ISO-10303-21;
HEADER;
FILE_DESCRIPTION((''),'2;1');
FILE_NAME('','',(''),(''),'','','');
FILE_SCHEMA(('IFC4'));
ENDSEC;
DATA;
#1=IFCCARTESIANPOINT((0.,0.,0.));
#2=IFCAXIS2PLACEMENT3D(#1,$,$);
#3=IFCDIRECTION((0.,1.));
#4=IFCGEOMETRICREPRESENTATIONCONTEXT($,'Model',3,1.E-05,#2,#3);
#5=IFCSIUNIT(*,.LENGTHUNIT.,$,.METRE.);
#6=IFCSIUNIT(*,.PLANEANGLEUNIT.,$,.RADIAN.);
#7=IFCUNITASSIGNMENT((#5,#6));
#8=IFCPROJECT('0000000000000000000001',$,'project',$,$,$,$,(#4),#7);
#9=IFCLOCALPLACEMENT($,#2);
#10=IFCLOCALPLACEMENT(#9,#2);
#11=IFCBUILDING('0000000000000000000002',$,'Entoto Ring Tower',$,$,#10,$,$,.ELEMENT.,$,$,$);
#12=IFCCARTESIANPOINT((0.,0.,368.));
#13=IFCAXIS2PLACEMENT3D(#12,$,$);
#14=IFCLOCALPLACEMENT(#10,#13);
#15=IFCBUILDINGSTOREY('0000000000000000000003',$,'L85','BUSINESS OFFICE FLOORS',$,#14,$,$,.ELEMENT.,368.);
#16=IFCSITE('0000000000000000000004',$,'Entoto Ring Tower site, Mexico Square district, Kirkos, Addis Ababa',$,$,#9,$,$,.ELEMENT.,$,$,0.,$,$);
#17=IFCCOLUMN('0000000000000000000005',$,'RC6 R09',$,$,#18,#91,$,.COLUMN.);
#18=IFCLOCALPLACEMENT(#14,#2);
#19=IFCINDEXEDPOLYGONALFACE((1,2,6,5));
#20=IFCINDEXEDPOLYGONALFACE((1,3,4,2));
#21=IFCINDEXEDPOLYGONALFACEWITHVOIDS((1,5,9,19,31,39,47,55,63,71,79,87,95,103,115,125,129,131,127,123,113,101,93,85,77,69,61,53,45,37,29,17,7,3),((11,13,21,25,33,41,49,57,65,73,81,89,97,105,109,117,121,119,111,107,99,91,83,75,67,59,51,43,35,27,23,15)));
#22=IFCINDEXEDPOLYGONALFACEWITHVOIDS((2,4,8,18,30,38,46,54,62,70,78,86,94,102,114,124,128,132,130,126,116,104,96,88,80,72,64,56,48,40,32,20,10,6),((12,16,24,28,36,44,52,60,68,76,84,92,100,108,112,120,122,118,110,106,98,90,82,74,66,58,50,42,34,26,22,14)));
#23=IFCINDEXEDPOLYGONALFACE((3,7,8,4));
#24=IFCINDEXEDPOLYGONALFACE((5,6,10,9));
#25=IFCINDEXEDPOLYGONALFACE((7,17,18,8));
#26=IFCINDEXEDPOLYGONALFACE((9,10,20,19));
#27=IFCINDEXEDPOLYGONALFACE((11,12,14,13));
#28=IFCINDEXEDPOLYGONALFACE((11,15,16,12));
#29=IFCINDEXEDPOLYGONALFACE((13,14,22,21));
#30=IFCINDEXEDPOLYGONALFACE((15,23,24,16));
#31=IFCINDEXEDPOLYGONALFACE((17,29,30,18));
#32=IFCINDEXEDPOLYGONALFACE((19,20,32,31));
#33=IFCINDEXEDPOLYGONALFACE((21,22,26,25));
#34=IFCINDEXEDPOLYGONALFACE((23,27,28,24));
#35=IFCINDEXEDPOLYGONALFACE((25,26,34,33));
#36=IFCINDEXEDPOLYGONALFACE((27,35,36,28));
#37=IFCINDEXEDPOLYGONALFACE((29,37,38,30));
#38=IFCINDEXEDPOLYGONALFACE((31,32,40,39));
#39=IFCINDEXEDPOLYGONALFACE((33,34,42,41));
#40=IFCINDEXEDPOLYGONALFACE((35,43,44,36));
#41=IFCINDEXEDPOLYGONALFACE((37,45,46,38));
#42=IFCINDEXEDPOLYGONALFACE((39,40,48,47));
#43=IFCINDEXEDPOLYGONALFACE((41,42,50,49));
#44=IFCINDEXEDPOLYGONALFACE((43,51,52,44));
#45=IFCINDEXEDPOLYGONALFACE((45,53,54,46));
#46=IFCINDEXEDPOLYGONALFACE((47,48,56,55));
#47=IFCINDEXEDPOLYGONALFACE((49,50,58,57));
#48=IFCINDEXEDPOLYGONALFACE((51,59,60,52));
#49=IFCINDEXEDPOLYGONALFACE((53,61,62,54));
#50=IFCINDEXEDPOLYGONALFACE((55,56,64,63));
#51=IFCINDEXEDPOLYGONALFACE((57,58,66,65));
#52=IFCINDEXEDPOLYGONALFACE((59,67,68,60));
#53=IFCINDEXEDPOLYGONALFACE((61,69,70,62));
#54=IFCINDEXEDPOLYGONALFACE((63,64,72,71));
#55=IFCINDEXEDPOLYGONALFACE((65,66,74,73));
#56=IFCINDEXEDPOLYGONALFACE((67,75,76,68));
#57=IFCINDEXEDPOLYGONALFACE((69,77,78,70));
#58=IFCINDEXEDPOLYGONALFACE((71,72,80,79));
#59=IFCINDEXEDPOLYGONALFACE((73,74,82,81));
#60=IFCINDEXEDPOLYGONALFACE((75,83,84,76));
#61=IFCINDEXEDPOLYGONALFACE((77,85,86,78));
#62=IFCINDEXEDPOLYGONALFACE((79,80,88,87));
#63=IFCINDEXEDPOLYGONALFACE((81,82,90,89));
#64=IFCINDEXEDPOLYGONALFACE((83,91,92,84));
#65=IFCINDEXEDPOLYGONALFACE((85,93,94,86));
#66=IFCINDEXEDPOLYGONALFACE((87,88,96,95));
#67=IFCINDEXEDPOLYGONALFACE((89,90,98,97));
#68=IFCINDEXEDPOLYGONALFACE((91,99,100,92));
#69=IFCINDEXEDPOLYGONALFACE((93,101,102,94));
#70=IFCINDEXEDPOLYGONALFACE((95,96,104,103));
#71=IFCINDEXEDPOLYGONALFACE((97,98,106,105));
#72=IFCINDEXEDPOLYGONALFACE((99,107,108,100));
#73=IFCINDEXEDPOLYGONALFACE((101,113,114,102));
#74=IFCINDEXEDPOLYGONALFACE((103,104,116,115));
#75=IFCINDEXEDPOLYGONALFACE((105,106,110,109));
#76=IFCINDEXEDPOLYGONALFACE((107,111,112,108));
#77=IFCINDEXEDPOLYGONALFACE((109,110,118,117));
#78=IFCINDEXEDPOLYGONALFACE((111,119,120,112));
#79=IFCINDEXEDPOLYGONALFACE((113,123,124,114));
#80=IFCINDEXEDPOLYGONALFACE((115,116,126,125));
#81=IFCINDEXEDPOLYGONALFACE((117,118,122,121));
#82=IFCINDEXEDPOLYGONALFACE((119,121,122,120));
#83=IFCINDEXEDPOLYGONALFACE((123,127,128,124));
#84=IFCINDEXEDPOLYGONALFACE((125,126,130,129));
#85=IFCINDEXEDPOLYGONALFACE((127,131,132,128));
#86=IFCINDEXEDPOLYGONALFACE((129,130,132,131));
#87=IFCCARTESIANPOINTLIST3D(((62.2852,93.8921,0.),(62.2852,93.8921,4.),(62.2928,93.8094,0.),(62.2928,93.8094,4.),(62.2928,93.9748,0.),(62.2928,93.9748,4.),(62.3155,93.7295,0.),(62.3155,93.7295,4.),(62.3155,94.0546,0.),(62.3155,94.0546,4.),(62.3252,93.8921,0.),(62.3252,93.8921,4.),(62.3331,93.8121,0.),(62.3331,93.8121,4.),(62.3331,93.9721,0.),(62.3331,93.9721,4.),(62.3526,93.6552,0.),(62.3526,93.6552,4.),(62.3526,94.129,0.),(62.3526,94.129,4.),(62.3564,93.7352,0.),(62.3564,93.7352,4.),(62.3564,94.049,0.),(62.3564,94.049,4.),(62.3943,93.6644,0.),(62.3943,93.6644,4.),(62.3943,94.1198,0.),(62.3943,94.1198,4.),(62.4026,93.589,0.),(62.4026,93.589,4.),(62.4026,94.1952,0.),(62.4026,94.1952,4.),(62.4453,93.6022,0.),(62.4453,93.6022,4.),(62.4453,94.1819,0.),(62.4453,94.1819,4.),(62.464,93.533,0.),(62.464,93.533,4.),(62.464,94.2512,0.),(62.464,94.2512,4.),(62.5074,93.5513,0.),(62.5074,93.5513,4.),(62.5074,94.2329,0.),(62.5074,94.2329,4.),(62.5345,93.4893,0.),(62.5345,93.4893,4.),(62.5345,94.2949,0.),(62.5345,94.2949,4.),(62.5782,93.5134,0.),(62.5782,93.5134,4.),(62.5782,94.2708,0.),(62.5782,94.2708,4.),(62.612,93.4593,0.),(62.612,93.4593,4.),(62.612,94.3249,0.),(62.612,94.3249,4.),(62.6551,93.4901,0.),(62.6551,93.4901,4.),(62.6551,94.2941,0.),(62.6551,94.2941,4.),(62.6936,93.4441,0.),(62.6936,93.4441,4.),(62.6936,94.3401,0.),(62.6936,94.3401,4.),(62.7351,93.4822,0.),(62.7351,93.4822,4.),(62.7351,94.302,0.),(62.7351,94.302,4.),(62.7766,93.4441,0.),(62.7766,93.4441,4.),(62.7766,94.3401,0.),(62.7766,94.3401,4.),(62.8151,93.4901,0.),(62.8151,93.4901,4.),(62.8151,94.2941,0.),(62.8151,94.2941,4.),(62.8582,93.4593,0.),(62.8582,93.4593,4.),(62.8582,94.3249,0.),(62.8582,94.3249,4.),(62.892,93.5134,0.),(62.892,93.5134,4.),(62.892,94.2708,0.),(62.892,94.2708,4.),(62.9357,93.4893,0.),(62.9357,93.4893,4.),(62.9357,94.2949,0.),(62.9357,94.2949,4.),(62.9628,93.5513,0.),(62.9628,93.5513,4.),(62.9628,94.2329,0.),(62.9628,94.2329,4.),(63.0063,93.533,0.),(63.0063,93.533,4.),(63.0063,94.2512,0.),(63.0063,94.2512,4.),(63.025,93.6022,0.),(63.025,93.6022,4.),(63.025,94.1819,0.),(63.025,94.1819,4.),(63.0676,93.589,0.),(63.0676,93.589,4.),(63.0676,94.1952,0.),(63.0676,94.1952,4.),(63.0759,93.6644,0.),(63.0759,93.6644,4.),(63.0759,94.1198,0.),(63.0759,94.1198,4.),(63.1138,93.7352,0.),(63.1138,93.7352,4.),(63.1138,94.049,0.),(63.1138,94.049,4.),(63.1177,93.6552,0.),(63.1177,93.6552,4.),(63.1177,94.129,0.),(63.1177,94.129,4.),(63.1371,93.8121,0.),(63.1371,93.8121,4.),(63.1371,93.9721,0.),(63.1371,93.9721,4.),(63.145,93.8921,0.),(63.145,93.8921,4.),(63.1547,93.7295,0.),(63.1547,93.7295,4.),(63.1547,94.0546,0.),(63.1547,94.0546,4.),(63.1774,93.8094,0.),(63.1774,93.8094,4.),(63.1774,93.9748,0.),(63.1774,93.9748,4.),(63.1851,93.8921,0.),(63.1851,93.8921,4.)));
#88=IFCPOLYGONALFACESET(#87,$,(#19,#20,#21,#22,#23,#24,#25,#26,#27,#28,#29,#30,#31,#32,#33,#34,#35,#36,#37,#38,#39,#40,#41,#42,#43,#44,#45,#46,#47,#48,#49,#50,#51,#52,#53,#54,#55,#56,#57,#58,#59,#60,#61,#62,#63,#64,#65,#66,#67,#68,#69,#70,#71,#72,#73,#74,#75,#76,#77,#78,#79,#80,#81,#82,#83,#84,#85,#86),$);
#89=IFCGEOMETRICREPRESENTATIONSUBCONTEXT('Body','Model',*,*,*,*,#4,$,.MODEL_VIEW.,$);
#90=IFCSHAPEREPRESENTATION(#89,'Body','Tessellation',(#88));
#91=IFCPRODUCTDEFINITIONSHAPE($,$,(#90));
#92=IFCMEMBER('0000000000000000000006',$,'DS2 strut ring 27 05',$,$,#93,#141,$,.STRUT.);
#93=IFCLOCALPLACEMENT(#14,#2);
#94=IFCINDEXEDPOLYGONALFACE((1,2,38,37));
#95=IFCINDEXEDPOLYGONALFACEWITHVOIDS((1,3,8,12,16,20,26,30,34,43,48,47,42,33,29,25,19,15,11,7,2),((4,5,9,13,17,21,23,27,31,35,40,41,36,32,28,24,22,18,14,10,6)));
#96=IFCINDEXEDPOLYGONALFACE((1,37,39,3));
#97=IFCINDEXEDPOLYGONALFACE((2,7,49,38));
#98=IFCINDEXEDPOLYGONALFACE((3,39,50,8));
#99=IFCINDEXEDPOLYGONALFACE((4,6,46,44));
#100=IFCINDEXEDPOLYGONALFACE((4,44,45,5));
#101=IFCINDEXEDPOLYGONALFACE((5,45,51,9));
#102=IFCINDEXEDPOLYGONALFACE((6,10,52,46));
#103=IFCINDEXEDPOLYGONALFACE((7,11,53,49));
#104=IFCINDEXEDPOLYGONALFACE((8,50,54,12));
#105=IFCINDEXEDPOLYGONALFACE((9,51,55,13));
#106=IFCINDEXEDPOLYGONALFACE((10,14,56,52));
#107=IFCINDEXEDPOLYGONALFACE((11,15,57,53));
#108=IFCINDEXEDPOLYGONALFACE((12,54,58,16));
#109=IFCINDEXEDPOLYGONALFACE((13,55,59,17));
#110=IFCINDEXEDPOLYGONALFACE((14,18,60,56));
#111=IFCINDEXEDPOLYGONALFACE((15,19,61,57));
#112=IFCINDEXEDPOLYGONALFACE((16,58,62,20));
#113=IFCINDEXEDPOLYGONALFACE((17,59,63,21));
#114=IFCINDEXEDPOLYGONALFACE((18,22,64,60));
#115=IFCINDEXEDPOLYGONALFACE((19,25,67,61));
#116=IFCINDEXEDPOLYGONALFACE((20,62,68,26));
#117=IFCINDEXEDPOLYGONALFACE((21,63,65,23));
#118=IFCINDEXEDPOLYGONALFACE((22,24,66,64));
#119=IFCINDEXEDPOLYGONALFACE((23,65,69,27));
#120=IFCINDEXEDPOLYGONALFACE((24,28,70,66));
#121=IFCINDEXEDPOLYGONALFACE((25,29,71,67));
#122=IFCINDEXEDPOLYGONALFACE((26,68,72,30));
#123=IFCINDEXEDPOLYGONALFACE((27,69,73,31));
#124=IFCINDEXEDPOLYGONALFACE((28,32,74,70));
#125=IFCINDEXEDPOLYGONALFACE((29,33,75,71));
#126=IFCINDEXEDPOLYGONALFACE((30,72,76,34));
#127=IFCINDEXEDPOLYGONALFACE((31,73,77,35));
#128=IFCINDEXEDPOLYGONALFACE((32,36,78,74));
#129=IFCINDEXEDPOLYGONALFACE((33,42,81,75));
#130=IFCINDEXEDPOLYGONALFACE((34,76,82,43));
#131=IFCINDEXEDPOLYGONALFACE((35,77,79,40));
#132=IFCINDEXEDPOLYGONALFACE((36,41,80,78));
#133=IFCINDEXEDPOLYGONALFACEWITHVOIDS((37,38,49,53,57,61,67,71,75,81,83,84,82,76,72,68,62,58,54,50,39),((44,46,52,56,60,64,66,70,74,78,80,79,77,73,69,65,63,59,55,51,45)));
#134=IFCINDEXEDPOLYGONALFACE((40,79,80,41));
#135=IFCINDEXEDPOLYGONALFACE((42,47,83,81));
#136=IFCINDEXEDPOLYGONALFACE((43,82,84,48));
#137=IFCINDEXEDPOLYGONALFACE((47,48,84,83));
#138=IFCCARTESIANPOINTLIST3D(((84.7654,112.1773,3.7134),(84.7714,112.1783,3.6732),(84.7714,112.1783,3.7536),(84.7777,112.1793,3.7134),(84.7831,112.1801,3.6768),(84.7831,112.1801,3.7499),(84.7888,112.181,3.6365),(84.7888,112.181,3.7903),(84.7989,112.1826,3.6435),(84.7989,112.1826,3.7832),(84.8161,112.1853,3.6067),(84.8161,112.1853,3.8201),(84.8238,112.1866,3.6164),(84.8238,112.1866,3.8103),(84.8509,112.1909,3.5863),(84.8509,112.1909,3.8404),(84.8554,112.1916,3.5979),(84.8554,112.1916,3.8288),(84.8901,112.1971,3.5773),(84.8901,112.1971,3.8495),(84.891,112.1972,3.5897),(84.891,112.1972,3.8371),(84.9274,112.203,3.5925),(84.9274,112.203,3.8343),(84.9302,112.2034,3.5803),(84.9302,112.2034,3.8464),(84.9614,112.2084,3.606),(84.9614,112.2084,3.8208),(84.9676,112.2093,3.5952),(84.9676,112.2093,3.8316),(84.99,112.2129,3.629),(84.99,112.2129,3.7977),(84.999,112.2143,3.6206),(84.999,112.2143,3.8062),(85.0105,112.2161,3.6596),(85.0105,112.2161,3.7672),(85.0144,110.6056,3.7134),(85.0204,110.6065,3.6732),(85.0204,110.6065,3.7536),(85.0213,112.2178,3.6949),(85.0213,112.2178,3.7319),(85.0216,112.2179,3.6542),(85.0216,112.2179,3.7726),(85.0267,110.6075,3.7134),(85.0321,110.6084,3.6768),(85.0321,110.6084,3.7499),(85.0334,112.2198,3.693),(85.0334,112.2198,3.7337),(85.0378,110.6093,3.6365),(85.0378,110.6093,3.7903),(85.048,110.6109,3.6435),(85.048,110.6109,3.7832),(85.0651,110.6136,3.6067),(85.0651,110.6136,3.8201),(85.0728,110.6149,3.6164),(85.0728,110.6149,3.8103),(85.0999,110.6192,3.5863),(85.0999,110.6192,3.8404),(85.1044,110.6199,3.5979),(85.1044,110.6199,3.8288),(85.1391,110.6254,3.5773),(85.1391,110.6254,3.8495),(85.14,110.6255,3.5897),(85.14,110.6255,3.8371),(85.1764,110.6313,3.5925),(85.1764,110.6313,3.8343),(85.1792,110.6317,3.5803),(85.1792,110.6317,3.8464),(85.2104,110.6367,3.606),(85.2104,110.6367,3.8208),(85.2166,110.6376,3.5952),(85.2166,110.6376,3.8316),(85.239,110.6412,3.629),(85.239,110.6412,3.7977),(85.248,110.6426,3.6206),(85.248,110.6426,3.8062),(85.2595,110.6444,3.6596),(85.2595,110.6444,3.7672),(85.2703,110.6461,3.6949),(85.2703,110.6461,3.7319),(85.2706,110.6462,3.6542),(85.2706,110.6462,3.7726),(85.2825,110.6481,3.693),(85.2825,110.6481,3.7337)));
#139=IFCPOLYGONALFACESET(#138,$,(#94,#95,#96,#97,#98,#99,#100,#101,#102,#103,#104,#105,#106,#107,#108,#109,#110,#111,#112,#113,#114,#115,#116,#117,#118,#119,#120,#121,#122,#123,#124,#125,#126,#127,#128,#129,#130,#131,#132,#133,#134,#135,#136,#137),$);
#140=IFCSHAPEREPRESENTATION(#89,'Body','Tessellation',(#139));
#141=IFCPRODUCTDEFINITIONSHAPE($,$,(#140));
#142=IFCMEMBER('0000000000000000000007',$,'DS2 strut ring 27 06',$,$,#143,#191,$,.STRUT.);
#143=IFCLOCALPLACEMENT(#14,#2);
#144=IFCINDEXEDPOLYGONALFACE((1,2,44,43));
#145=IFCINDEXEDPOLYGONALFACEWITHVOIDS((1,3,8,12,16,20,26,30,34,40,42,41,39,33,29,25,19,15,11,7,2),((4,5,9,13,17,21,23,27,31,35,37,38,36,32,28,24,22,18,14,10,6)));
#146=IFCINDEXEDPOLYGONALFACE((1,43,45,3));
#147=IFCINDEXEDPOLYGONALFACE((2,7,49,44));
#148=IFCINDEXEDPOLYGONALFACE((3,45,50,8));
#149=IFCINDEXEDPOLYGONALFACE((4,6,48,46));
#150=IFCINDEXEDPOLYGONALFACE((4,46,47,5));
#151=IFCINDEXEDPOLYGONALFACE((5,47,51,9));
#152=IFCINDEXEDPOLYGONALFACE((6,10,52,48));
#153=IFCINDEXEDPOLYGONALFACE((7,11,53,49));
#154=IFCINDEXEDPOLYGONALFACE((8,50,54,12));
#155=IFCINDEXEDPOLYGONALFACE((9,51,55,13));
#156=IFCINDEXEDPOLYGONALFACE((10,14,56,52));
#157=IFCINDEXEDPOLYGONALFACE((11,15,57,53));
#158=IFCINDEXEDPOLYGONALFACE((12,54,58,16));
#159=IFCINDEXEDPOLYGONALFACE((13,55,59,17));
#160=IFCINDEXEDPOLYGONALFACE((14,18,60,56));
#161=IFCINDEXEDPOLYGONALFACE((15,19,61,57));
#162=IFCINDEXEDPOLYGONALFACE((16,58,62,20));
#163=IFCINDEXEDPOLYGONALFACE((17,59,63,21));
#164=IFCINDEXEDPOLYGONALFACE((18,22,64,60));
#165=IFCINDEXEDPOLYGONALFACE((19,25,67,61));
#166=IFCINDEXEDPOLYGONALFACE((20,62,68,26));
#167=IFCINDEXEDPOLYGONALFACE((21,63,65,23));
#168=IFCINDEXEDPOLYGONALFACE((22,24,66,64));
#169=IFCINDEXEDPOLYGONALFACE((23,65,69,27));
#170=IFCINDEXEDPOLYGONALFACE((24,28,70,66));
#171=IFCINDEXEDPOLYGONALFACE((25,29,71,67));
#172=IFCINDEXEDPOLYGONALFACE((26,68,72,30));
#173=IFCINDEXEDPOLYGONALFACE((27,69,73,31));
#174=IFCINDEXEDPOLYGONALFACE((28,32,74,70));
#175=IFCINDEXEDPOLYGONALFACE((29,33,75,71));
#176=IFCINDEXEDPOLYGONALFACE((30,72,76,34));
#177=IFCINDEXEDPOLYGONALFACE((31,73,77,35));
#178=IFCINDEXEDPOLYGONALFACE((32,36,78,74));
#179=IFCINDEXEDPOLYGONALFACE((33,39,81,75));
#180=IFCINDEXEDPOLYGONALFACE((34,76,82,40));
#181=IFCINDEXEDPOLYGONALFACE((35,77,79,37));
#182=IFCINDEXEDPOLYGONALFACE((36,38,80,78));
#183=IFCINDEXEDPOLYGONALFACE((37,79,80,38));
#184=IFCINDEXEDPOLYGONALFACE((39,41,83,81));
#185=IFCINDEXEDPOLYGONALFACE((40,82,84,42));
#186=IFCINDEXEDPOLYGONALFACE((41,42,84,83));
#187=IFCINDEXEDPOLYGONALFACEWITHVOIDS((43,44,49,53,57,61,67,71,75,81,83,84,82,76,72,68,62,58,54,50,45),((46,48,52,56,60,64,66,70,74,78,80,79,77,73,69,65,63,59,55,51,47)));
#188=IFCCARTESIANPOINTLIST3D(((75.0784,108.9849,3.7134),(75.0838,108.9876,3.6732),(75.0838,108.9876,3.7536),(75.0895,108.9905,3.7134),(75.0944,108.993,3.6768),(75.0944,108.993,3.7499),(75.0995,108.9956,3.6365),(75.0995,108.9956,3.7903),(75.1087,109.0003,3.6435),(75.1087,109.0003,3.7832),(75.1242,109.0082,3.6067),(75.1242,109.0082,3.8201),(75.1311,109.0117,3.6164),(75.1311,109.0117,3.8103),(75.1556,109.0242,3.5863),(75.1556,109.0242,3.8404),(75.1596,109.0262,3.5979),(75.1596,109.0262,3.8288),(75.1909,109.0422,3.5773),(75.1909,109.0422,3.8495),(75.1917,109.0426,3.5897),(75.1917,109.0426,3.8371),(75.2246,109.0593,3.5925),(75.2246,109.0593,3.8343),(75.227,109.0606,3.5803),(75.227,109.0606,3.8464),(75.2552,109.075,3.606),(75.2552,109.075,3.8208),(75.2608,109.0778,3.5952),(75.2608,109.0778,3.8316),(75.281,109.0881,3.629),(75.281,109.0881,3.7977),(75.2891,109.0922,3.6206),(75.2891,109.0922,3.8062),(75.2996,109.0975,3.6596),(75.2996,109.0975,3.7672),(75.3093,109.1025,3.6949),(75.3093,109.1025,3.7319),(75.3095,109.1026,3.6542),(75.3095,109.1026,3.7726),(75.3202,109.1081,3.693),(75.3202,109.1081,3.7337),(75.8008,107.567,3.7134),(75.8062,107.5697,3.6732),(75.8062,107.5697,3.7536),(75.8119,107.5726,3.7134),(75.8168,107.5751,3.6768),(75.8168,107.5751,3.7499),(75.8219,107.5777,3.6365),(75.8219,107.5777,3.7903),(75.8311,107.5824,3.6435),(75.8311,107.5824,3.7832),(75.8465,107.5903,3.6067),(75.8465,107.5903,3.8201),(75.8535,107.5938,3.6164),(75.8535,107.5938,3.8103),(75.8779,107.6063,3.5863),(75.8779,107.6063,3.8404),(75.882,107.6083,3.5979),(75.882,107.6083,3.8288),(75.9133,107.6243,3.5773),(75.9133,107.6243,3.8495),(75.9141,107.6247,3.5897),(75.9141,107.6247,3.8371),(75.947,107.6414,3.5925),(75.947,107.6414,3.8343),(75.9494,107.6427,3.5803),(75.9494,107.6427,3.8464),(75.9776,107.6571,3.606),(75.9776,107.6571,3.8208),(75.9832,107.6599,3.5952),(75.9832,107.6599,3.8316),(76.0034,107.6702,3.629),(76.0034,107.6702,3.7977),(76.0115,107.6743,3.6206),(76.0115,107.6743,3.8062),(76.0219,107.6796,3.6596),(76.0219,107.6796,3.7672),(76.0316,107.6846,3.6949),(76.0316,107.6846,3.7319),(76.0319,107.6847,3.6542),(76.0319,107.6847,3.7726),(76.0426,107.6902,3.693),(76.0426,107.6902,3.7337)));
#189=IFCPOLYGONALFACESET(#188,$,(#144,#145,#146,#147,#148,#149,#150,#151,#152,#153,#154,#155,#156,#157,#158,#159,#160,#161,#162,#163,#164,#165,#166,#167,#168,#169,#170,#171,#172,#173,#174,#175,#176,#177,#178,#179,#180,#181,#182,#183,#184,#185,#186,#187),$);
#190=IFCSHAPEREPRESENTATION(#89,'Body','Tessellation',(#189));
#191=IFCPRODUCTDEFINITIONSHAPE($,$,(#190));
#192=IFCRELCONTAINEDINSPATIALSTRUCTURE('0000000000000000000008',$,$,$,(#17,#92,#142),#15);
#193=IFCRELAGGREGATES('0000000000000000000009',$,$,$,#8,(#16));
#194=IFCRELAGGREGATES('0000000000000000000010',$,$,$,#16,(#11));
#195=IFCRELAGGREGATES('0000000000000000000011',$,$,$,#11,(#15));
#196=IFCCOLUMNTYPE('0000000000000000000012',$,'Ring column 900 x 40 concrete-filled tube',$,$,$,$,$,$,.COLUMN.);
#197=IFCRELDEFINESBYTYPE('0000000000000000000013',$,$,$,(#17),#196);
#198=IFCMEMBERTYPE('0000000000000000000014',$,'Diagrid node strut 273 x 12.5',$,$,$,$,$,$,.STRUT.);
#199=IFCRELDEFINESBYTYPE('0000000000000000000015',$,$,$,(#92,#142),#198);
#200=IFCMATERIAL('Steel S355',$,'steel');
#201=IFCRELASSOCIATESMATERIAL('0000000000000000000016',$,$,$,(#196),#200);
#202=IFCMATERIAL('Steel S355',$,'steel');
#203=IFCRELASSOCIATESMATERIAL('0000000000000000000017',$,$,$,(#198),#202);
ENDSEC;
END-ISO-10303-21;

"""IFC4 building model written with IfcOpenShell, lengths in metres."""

from ifc_helpers import new_model, si_unit, direction, frame, origin, origin_2d, place, context, subcontext, project, spatial, circle, hollow_circle, extrude, material, material_profile, profile_set, type_object, element, save


model = new_model("IFC4")

# Units and contexts
model_context = context("Model", 3, precision=1e-05, world=origin(), true_north=direction((0.0, 1.0)))
body_context = subcontext(model_context, "Body", "Model", "MODEL_VIEW")
ifc_project = project(units=[si_unit("LENGTHUNIT", "METRE"), si_unit("PLANEANGLEUNIT", "RADIAN")], contexts=[model_context])

# Site, building, storey
site_placement = place(None, origin())
site = spatial("IfcSite", under=ifc_project, at=site_placement, Name="Entoto Ring Tower site, Mexico Square district, Kirkos, Addis Ababa", CompositionType="ELEMENT", RefElevation=0.0)
building_placement = place(site_placement, origin())
building = spatial("IfcBuilding", under=site, at=building_placement, Name="Entoto Ring Tower", CompositionType="ELEMENT")
storey_placement = place(building_placement, frame((0.0, 0.0, 368.0)))
storey = spatial("IfcBuildingStorey", under=building, at=storey_placement, Name="L85", Description="BUSINESS OFFICE FLOORS", CompositionType="ELEMENT", Elevation=368.0)

# Column
ifc_material_1 = material(Name="Steel S355", Category="steel")
ifc_material_profile_1 = material_profile(ifc_material_1, hollow_circle(Radius=0.45, WallThickness=0.04, at=origin_2d()), Name="CHS 900 x 40")
ifc_material_2 = material(Name="Concrete C60/75", Category="concrete")
ifc_material_profile_2 = material_profile(ifc_material_2, circle(Radius=0.4099, at=origin_2d()), Name="Concrete C60/75 infill")
ifc_profile_set_1 = profile_set([ifc_material_profile_1, ifc_material_profile_2], Name="Steel S355")
column_type = type_object("IfcColumnType", Name="Ring column 900 x 40 concrete-filled tube", PredefinedType="COLUMN", material=ifc_profile_set_1)
for number, where, z_axis, x_axis, name in (
    (1, (62.7351, 93.8921, 0.0), (0.0, 0.0, 1.0), (1.0, 0.0, 0.0), "RC6 R09"),
):
    element("IfcColumn", number, at=place(storey_placement, frame(where, z_axis=z_axis, x_axis=x_axis)), inside=storey, type_object=column_type, Name=name, PredefinedType="COLUMN", context=body_context, shape_type="SweptSolid", body=[
        extrude(hollow_circle(Radius=0.45, WallThickness=0.04, at=origin_2d()), origin(), (0.0, 0.0, 1.0), 4.0),
    ])

# Members
ifc_material_3 = material(Name="Steel S355", Category="steel")
ifc_material_profile_3 = material_profile(ifc_material_3, hollow_circle(Radius=0.1365, WallThickness=0.0125, at=origin_2d()), Name="CHS 273 x 12.5")
ifc_material_4 = material(Name="Concrete C60/75", Category="concrete")
ifc_material_profile_4 = material_profile(ifc_material_4, circle(Radius=0.124, at=origin_2d()), Name="Concrete C60/75 infill")
ifc_profile_set_2 = profile_set([ifc_material_profile_3, ifc_material_profile_4], Name="Steel S355")
member_type = type_object("IfcMemberType", Name="Diagrid node strut 273 x 12.5", PredefinedType="STRUT", material=ifc_profile_set_2)
for number, where, z_axis, x_axis, name in (
    (2, (85.1492, 110.627, 3.7134), (-0.156483, 0.987681, 0.0), (-0.987681, -0.156483, 0.0), "DS2 strut ring 27 05"),
    (3, (75.9224, 107.6289, 3.7134), (-0.453951, 0.891027, 0.0), (-0.891027, -0.453951, 0.0), "DS2 strut ring 27 06"),
):
    element("IfcMember", number, at=place(storey_placement, frame(where, z_axis=z_axis, x_axis=x_axis)), inside=storey, type_object=member_type, Name=name, PredefinedType="STRUT", context=body_context, shape_type="SweptSolid", body=[
        extrude(hollow_circle(Radius=0.1365, WallThickness=0.0125, at=origin_2d()), origin(), (0.0, 0.0, 1.0), 1.5913),
    ])

save(model, "model.ifc")
